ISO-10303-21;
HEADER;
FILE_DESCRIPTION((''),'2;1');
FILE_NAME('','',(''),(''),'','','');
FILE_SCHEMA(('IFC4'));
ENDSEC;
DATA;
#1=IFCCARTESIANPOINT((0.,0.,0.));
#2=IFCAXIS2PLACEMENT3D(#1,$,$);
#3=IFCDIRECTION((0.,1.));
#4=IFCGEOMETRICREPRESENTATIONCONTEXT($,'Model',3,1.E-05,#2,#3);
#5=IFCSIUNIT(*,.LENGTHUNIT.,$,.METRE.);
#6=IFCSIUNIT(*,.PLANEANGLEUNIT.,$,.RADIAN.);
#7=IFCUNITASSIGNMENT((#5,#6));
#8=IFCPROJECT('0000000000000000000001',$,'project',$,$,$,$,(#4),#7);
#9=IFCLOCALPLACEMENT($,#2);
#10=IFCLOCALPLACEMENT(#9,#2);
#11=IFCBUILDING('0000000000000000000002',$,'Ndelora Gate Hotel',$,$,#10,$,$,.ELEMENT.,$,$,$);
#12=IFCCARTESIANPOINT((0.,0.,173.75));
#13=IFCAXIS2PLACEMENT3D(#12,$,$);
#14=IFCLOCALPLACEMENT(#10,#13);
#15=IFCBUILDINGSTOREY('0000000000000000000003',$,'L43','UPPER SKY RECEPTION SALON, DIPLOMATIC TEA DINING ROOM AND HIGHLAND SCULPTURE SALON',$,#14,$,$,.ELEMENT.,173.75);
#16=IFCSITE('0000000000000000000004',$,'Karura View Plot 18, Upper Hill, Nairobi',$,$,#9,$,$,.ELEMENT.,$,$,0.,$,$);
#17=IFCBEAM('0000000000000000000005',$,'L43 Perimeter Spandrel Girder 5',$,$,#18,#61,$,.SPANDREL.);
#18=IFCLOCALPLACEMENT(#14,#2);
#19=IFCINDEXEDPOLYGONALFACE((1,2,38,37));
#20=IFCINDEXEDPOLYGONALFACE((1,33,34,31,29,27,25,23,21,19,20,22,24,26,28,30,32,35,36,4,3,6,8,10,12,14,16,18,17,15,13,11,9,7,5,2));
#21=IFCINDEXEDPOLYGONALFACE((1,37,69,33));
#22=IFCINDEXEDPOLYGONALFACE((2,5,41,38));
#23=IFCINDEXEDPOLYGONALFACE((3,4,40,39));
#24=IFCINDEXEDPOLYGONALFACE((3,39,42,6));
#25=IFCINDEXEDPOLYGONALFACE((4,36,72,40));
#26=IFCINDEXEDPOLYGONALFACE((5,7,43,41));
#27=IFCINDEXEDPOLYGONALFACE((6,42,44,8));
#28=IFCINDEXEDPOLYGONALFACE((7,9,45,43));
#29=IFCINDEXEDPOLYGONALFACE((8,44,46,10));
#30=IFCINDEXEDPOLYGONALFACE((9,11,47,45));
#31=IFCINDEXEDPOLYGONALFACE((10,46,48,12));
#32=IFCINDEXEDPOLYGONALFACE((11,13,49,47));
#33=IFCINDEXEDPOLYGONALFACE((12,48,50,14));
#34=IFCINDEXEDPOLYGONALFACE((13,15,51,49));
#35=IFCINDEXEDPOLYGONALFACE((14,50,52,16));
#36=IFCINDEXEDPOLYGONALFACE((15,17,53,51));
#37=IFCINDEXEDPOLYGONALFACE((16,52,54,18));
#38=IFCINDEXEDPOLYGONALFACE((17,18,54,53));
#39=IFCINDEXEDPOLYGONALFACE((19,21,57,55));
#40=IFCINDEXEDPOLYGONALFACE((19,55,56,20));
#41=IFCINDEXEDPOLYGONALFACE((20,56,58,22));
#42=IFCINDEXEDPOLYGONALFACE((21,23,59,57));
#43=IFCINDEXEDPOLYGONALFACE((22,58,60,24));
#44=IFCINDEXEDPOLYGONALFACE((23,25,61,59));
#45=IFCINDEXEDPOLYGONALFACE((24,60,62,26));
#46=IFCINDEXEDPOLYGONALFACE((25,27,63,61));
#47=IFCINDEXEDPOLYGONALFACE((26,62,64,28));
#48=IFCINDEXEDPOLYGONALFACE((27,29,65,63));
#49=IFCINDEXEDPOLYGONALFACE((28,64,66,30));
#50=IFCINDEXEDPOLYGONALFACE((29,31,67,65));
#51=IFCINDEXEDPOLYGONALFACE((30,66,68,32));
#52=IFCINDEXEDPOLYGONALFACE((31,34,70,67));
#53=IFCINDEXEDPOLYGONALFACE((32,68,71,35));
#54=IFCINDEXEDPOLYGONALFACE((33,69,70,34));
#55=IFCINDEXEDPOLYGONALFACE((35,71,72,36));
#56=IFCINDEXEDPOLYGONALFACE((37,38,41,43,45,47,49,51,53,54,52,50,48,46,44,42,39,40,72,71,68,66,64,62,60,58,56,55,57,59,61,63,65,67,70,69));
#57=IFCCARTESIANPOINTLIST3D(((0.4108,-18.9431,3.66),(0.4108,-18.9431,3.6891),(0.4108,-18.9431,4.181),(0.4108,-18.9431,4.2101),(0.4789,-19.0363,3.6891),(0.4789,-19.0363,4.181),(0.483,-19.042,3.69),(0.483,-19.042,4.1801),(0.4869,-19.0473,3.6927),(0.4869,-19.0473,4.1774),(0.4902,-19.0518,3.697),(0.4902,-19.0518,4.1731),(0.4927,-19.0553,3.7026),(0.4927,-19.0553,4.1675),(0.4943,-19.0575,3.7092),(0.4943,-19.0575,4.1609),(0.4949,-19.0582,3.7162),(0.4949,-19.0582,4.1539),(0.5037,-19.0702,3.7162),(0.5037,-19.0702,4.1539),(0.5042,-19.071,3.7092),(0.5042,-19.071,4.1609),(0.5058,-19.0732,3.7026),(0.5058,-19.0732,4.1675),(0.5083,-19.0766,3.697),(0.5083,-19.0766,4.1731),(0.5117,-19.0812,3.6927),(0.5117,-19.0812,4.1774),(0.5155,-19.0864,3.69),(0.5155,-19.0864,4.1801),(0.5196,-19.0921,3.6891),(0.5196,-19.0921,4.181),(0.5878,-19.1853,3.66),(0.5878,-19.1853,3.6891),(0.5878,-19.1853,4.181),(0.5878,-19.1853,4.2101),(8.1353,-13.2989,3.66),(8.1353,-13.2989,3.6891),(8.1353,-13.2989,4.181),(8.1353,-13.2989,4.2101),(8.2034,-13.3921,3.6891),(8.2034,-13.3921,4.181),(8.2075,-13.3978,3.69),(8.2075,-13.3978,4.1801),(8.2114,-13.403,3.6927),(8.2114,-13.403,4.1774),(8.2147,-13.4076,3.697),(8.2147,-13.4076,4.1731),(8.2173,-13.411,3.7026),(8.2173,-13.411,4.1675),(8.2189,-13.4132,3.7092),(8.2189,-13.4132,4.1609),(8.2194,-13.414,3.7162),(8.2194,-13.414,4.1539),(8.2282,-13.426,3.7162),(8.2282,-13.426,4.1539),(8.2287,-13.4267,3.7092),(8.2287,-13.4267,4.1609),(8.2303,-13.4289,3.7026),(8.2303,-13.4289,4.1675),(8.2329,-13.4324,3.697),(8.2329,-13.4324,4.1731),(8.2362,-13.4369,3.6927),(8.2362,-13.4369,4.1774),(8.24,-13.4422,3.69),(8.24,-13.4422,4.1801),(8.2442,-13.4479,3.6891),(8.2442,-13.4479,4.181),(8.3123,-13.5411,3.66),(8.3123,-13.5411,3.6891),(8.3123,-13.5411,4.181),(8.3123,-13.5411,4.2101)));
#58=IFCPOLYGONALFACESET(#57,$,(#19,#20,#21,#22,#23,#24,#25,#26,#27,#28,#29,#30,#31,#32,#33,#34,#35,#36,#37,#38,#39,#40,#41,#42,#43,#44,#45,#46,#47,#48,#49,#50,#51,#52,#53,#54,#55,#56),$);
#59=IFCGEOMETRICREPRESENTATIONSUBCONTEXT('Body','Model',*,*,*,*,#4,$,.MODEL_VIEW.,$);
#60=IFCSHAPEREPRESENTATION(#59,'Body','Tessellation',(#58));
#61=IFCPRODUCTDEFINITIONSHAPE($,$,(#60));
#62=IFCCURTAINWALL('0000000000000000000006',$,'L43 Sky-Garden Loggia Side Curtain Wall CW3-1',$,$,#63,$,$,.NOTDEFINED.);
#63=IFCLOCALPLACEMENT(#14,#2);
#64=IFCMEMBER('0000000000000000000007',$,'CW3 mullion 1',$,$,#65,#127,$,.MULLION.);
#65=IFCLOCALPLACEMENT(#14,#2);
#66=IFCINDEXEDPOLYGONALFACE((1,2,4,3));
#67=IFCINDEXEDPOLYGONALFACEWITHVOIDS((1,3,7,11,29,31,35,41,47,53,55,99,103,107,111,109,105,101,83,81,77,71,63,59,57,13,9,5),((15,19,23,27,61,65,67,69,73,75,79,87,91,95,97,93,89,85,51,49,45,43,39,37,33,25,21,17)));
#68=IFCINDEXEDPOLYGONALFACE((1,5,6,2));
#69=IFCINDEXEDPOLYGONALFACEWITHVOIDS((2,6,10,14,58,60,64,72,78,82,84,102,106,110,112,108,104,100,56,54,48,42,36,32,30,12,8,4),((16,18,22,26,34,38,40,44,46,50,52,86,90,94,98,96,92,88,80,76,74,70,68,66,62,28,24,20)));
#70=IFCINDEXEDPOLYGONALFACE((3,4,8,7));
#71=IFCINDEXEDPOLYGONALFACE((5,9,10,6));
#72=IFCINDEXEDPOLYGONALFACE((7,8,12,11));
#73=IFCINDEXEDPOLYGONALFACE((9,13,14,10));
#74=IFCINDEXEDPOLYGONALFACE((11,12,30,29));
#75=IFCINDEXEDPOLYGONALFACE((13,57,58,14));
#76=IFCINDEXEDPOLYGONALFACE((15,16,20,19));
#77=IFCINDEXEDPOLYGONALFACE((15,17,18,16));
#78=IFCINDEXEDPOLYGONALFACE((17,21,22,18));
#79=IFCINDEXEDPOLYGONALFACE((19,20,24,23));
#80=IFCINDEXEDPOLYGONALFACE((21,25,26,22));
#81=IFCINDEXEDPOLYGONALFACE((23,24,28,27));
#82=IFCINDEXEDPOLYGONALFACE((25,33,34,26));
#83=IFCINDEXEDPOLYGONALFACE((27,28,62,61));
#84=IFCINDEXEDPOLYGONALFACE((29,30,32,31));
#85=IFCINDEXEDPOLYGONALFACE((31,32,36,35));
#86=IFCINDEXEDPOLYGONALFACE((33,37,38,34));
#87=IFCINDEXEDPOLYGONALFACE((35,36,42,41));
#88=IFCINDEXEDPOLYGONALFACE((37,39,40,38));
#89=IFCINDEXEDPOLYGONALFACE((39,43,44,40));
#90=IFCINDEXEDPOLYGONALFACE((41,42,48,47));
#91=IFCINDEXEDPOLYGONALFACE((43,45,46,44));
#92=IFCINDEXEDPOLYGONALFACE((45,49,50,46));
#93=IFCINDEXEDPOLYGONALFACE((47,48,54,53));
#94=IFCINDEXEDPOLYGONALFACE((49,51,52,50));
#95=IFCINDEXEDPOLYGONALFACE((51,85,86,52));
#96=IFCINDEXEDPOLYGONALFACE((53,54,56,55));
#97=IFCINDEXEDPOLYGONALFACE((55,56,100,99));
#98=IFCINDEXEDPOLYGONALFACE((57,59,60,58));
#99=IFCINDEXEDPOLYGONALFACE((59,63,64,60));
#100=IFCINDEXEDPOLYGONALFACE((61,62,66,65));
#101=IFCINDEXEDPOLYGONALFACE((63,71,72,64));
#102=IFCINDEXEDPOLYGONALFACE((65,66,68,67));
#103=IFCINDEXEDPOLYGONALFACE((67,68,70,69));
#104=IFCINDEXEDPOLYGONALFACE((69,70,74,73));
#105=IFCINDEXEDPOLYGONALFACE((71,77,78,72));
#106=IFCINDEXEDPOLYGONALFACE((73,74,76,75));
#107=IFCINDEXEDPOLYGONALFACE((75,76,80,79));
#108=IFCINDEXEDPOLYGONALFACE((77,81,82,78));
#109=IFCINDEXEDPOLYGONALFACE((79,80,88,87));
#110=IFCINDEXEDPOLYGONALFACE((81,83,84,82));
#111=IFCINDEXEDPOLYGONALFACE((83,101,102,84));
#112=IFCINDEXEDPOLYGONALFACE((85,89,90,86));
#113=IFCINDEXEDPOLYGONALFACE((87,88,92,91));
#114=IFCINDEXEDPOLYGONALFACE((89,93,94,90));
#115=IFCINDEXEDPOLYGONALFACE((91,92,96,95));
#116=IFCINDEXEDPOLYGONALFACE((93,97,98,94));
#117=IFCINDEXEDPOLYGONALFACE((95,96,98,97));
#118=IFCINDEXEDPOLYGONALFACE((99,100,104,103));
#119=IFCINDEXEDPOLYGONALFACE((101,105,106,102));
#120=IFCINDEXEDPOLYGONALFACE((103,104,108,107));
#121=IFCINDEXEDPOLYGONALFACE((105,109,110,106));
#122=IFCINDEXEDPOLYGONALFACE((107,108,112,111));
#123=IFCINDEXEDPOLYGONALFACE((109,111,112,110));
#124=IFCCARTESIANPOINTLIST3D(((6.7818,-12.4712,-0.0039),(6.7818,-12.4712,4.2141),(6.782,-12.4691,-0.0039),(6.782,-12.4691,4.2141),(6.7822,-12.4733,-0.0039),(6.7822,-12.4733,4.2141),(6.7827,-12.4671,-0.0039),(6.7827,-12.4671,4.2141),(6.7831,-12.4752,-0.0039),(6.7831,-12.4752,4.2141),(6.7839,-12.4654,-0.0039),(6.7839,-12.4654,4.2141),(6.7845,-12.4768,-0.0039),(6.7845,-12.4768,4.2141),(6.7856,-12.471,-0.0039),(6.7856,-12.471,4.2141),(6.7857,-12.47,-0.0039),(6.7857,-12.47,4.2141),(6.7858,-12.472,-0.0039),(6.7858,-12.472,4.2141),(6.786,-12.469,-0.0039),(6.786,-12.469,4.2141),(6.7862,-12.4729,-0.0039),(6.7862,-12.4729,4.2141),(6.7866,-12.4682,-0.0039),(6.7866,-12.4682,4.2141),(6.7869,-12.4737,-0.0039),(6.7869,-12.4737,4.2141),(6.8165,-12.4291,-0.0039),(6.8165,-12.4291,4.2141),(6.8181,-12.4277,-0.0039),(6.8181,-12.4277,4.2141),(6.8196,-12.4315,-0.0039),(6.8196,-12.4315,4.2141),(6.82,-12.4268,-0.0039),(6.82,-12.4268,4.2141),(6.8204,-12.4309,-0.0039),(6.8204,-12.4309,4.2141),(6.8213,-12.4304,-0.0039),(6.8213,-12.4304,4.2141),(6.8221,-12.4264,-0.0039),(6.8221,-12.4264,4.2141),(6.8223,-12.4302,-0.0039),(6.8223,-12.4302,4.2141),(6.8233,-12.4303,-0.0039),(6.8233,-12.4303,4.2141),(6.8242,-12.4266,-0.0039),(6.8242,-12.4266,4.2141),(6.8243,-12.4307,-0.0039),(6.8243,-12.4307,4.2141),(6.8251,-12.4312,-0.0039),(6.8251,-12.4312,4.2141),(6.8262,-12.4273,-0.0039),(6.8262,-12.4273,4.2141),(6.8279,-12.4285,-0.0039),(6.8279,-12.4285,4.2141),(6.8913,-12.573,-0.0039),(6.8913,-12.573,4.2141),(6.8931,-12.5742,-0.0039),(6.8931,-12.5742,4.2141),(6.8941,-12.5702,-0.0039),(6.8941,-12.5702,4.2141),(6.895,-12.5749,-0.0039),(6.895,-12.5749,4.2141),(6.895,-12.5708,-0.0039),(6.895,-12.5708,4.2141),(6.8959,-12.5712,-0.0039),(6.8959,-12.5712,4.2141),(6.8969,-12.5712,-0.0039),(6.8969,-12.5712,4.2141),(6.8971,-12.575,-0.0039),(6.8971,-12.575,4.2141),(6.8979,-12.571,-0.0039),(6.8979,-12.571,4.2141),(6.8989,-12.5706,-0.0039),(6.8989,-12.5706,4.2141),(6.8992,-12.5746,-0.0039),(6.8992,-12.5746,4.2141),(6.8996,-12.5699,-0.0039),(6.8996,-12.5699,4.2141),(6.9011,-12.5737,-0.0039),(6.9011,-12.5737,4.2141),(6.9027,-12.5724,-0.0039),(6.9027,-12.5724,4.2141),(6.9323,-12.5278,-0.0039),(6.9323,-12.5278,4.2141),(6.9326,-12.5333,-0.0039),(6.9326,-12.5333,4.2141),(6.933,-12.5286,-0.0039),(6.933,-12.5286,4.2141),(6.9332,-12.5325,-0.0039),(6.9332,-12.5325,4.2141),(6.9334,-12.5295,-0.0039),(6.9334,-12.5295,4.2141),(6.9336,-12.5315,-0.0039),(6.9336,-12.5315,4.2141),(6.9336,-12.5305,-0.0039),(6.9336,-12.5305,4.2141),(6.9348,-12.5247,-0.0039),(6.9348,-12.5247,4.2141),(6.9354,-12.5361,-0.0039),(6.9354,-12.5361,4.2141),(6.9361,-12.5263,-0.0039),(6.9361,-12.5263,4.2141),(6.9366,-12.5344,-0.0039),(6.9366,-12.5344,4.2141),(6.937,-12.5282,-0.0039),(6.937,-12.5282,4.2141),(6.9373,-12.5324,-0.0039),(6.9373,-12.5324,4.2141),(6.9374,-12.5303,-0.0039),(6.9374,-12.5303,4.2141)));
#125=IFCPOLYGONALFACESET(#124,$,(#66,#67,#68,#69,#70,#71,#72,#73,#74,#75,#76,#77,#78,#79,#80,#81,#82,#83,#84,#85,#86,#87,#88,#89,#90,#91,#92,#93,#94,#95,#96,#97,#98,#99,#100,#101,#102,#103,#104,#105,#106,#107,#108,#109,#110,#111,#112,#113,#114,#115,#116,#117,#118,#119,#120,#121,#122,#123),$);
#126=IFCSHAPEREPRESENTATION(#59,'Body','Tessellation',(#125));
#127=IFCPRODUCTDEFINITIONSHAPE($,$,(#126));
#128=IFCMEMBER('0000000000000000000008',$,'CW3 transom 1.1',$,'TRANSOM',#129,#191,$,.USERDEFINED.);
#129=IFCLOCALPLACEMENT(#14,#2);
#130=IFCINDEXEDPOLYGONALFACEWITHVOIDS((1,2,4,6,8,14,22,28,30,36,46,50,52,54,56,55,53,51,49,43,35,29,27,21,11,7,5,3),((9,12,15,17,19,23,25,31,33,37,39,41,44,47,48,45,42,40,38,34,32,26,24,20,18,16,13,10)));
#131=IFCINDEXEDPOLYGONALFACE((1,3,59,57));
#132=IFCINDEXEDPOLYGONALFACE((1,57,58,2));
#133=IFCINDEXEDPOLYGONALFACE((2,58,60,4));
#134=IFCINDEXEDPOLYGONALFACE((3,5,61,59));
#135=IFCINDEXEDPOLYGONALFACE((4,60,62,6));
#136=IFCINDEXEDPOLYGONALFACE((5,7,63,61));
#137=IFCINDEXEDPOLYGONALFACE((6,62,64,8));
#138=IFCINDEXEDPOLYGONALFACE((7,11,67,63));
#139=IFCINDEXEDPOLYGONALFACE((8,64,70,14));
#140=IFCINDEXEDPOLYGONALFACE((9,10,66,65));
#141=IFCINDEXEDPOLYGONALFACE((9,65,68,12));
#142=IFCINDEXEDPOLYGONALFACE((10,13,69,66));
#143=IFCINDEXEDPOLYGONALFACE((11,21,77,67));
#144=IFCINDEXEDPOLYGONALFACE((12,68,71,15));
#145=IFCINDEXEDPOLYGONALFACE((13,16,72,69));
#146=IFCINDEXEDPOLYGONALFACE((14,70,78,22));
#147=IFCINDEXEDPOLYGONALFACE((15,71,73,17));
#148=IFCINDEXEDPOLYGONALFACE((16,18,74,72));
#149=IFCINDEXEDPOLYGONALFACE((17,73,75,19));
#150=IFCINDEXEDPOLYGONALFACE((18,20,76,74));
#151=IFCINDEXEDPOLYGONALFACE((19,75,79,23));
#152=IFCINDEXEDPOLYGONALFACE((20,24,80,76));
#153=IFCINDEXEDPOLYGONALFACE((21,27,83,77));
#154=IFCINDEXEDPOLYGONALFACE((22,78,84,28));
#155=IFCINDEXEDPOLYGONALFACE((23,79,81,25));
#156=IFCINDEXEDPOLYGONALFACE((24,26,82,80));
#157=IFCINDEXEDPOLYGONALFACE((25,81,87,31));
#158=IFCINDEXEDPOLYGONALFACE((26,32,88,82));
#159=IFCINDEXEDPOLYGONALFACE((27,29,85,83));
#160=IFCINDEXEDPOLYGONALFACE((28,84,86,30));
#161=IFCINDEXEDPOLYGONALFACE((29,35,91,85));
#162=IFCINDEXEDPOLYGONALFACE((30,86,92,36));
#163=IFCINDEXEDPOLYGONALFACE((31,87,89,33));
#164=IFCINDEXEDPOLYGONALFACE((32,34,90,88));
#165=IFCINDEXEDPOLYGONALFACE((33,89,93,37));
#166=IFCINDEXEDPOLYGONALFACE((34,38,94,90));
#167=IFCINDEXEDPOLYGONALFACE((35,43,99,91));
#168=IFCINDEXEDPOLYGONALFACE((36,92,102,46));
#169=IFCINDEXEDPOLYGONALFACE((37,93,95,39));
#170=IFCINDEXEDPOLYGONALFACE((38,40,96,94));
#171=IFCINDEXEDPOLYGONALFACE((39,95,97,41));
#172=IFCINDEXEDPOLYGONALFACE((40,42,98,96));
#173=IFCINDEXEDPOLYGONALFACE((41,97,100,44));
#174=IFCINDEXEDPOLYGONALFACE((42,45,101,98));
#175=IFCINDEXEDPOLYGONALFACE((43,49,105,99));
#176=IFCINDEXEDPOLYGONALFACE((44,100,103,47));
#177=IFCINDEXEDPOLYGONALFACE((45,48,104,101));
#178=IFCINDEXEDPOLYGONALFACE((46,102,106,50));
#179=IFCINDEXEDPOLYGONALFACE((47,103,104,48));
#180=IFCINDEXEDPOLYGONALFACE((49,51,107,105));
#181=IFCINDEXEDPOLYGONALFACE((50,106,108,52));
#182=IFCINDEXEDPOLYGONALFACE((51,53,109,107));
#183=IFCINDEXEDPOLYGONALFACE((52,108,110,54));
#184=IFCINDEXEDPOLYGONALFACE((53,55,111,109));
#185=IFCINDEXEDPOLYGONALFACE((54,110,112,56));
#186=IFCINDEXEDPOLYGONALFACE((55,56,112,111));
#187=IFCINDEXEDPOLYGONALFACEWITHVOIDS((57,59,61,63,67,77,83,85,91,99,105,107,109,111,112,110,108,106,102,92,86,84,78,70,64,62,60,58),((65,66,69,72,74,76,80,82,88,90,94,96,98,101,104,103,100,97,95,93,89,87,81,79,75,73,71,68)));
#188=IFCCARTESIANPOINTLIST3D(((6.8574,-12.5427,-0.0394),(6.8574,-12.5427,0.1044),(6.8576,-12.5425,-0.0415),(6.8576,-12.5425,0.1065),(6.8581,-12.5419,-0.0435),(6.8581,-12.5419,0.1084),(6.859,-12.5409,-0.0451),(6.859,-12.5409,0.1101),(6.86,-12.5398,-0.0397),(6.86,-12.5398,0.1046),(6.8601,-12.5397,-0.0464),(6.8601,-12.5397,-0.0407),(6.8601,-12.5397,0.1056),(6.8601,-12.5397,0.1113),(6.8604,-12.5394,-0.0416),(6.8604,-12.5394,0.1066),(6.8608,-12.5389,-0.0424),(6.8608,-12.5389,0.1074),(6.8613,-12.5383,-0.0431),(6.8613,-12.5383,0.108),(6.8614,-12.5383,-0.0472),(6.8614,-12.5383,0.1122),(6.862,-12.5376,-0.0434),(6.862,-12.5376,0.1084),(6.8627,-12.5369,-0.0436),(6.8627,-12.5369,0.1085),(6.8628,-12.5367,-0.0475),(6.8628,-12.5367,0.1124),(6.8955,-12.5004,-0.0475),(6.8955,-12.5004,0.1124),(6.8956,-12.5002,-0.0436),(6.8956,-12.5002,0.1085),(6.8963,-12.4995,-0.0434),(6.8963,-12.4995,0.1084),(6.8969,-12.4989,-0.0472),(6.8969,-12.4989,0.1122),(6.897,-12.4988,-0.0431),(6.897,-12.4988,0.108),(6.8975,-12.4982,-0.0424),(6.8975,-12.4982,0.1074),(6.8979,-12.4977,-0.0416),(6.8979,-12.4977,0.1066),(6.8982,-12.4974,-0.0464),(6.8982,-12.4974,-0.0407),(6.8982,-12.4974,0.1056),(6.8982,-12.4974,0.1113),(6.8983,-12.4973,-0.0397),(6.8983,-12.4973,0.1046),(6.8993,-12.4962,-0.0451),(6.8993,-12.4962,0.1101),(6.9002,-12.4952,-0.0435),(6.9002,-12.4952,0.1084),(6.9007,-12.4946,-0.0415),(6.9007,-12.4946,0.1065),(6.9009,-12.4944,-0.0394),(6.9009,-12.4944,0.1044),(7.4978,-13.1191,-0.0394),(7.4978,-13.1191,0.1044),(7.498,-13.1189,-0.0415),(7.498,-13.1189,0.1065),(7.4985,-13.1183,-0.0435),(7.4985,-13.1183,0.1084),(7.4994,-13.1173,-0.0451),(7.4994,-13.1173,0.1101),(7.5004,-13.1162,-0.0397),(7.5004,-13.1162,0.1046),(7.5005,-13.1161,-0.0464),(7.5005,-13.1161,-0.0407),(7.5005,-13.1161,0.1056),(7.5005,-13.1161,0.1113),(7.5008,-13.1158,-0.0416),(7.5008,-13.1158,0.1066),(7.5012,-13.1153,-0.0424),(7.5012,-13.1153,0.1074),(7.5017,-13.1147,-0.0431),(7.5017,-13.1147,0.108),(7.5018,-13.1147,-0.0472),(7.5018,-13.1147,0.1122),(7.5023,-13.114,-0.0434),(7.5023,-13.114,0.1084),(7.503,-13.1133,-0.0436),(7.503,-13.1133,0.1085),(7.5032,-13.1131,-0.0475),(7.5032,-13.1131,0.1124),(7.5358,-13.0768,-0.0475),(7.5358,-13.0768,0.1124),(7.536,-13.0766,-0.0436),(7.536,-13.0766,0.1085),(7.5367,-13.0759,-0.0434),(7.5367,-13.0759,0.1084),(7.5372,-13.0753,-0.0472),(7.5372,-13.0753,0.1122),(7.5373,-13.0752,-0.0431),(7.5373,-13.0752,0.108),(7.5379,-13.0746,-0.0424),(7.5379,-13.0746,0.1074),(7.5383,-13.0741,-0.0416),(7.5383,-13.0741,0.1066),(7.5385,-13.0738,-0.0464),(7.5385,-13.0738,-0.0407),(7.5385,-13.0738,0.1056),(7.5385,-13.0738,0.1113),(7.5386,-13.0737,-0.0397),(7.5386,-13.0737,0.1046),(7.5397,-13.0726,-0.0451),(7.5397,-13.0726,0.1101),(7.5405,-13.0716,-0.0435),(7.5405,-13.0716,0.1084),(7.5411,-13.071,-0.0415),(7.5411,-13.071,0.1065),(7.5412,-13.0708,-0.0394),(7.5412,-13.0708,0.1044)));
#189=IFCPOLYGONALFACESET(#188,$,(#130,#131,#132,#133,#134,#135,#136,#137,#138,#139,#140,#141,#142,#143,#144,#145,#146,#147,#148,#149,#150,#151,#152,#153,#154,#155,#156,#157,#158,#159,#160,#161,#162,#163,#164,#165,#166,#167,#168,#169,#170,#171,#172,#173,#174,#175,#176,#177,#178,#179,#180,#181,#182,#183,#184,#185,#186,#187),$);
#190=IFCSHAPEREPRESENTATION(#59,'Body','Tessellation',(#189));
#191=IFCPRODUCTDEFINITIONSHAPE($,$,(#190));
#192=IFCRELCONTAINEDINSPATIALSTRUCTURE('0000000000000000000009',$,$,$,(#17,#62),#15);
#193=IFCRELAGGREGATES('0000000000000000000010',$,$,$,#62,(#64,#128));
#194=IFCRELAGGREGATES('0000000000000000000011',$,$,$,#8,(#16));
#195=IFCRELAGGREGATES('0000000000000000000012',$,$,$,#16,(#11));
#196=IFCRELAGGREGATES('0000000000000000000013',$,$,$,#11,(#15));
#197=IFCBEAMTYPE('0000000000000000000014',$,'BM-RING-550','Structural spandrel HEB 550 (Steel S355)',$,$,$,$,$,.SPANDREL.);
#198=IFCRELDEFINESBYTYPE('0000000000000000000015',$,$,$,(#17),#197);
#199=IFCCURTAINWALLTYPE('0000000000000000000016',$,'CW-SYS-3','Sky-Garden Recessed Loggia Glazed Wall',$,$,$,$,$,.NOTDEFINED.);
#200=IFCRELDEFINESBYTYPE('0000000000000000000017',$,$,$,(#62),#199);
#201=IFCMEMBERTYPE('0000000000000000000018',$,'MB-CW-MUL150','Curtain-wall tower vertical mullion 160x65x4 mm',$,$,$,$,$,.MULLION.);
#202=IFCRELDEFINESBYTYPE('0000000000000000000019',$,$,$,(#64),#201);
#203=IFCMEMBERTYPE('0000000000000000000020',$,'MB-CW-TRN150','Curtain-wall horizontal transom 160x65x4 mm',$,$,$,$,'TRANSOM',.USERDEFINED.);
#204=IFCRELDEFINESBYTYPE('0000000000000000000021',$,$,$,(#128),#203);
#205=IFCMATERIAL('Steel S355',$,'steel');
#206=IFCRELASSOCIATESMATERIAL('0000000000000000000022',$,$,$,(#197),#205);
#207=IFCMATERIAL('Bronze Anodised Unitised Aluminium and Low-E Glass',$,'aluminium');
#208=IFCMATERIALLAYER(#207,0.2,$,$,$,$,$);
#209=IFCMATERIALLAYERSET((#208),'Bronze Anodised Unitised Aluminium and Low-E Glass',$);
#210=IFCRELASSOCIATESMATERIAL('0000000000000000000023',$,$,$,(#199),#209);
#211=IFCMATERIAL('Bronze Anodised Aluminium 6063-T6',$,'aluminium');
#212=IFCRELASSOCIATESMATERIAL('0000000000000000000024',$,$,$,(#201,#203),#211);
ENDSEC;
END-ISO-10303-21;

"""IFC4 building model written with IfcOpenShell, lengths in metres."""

from ifc_helpers import new_model, si_unit, direction, frame, origin, origin_2d, place, context, subcontext, project, spatial, hollow_rectangle, i_section, extrude, material, layer, layer_set, material_profile, profile_set, type_object, element, aggregate, save


model = new_model("IFC4")

# Units and contexts
model_context = context("Model", 3, precision=1e-05, world=origin(), true_north=direction((0.0, 1.0)))
body_context = subcontext(model_context, "Body", "Model", "MODEL_VIEW")
ifc_project = project(units=[si_unit("LENGTHUNIT", "METRE"), si_unit("PLANEANGLEUNIT", "RADIAN")], contexts=[model_context])

# Site, building, storey
site_placement = place(None, origin())
site = spatial("IfcSite", under=ifc_project, at=site_placement, Name="Karura View Plot 18, Upper Hill, Nairobi", CompositionType="ELEMENT", RefElevation=0.0)
building_placement = place(site_placement, origin())
building = spatial("IfcBuilding", under=site, at=building_placement, Name="Ndelora Gate Hotel", CompositionType="ELEMENT")
storey_placement = place(building_placement, frame((0.0, 0.0, 173.75)))
storey = spatial("IfcBuildingStorey", under=building, at=storey_placement, Name="L43", Description="UPPER SKY RECEPTION SALON, DIPLOMATIC TEA DINING ROOM AND HIGHLAND SCULPTURE SALON", CompositionType="ELEMENT", Elevation=173.75)

# Beam
ifc_material_1 = material(Name="Steel S355", Category="steel")
ifc_material_profile_1 = material_profile(ifc_material_1, i_section(OverallWidth=0.3, OverallDepth=0.55, WebThickness=0.0149, FlangeThickness=0.0291, FilletRadius=0.0271, at=origin_2d()), Name="HEB 550")
ifc_profile_set_1 = profile_set([ifc_material_profile_1], Name="Steel S355")
beam_type_1 = type_object("IfcBeamType", Name="BM-RING-550", Description="Structural spandrel HEB 550 (Steel S355)", PredefinedType="SPANDREL", material=ifc_profile_set_1)
beam_1_placement = place(storey_placement, frame((0.4993, -19.0642, 3.9351), z_axis=(0.807422, 0.589974, 0.0), x_axis=(-0.589974, 0.807422, 0.0)))
element("IfcBeam", 1, at=beam_1_placement, inside=storey, type_object=beam_type_1, Name="L43 Perimeter Spandrel Girder 5", PredefinedType="SPANDREL", context=body_context, shape_type="SweptSolid", body=[
    extrude(i_section(OverallWidth=0.3, OverallDepth=0.55, WebThickness=0.0149, FlangeThickness=0.0291, FilletRadius=0.0271, at=origin_2d()), origin(), (0.0, 0.0, 1.0), 9.5669),
])

# Curtain wall, members
ifc_material_2 = material(Name="Bronze Anodised Unitised Aluminium and Low-E Glass", Category="aluminium")
ifc_layer_1 = layer(ifc_material_2, 0.2)
ifc_layer_set_1 = layer_set([ifc_layer_1], Name="Bronze Anodised Unitised Aluminium and Low-E Glass")
curtain_wall_type = type_object("IfcCurtainWallType", Name="CW-SYS-3", Description="Sky-Garden Recessed Loggia Glazed Wall", PredefinedType="NOTDEFINED", material=ifc_layer_set_1)
curtain_wall_placement = place(storey_placement, origin())
curtain_wall = element("IfcCurtainWall", 2, at=curtain_wall_placement, inside=storey, type_object=curtain_wall_type, Name="L43 Sky-Garden Loggia Side Curtain Wall CW3-1", PredefinedType="NOTDEFINED")
ifc_material_3 = material(Name="Bronze Anodised Aluminium 6063-T6", Category="aluminium")
ifc_material_profile_2 = material_profile(ifc_material_3, hollow_rectangle(XDim=0.0649, YDim=0.1599, WallThickness=0.0039, InnerFilletRadius=0.0039, OuterFilletRadius=0.0081, at=origin_2d()), Name="ALU 160x65x4")
ifc_profile_set_2 = profile_set([ifc_material_profile_2], Name="Bronze Anodised Aluminium 6063-T6")
member_type_1 = type_object("IfcMemberType", Name="MB-CW-MUL150", Description="Curtain-wall tower vertical mullion 160x65x4 mm", PredefinedType="MULLION", material=ifc_profile_set_2)
member_1_placement = place(storey_placement, frame((6.8596, -12.5007, -0.0039), z_axis=(0.0, 0.0, 1.0), x_axis=(0.669128, 0.743147, 0.0)))
member_1 = element("IfcMember", 3, at=member_1_placement, type_object=member_type_1, Name="CW3 mullion 1", PredefinedType="MULLION", context=body_context, shape_type="SweptSolid", body=[
    extrude(hollow_rectangle(XDim=0.0649, YDim=0.1599, WallThickness=0.0039, InnerFilletRadius=0.0039, OuterFilletRadius=0.0081, at=origin_2d()), origin(), (0.0, 0.0, 1.0), 4.218),
])
ifc_material_profile_3 = material_profile(ifc_material_3, hollow_rectangle(XDim=0.0649, YDim=0.1599, WallThickness=0.0039, InnerFilletRadius=0.0039, OuterFilletRadius=0.0081, at=origin_2d()), Name="ALU 160x65x4")
ifc_profile_set_3 = profile_set([ifc_material_profile_3], Name="Bronze Anodised Aluminium 6063-T6")
member_type_2 = type_object("IfcMemberType", Name="MB-CW-TRN150", Description="Curtain-wall horizontal transom 160x65x4 mm", ElementType="TRANSOM", PredefinedType="USERDEFINED", material=ifc_profile_set_3)
member_2_placement = place(storey_placement, frame((6.8792, -12.5186, 0.0325), z_axis=(0.743252, -0.669012, 0.0), x_axis=(0.669012, 0.743252, 0.0)))
member_2 = element("IfcMember", 4, at=member_2_placement, type_object=member_type_2, Name="CW3 transom 1.1", ObjectType="TRANSOM", PredefinedType="USERDEFINED", context=body_context, shape_type="SweptSolid", body=[
    extrude(hollow_rectangle(XDim=0.0649, YDim=0.1599, WallThickness=0.0039, InnerFilletRadius=0.0039, OuterFilletRadius=0.0081, at=origin_2d()), origin(), (0.0, 0.0, 1.0), 0.8616),
])
aggregate(curtain_wall, [member_1, member_2])

save(model, "model.ifc")
